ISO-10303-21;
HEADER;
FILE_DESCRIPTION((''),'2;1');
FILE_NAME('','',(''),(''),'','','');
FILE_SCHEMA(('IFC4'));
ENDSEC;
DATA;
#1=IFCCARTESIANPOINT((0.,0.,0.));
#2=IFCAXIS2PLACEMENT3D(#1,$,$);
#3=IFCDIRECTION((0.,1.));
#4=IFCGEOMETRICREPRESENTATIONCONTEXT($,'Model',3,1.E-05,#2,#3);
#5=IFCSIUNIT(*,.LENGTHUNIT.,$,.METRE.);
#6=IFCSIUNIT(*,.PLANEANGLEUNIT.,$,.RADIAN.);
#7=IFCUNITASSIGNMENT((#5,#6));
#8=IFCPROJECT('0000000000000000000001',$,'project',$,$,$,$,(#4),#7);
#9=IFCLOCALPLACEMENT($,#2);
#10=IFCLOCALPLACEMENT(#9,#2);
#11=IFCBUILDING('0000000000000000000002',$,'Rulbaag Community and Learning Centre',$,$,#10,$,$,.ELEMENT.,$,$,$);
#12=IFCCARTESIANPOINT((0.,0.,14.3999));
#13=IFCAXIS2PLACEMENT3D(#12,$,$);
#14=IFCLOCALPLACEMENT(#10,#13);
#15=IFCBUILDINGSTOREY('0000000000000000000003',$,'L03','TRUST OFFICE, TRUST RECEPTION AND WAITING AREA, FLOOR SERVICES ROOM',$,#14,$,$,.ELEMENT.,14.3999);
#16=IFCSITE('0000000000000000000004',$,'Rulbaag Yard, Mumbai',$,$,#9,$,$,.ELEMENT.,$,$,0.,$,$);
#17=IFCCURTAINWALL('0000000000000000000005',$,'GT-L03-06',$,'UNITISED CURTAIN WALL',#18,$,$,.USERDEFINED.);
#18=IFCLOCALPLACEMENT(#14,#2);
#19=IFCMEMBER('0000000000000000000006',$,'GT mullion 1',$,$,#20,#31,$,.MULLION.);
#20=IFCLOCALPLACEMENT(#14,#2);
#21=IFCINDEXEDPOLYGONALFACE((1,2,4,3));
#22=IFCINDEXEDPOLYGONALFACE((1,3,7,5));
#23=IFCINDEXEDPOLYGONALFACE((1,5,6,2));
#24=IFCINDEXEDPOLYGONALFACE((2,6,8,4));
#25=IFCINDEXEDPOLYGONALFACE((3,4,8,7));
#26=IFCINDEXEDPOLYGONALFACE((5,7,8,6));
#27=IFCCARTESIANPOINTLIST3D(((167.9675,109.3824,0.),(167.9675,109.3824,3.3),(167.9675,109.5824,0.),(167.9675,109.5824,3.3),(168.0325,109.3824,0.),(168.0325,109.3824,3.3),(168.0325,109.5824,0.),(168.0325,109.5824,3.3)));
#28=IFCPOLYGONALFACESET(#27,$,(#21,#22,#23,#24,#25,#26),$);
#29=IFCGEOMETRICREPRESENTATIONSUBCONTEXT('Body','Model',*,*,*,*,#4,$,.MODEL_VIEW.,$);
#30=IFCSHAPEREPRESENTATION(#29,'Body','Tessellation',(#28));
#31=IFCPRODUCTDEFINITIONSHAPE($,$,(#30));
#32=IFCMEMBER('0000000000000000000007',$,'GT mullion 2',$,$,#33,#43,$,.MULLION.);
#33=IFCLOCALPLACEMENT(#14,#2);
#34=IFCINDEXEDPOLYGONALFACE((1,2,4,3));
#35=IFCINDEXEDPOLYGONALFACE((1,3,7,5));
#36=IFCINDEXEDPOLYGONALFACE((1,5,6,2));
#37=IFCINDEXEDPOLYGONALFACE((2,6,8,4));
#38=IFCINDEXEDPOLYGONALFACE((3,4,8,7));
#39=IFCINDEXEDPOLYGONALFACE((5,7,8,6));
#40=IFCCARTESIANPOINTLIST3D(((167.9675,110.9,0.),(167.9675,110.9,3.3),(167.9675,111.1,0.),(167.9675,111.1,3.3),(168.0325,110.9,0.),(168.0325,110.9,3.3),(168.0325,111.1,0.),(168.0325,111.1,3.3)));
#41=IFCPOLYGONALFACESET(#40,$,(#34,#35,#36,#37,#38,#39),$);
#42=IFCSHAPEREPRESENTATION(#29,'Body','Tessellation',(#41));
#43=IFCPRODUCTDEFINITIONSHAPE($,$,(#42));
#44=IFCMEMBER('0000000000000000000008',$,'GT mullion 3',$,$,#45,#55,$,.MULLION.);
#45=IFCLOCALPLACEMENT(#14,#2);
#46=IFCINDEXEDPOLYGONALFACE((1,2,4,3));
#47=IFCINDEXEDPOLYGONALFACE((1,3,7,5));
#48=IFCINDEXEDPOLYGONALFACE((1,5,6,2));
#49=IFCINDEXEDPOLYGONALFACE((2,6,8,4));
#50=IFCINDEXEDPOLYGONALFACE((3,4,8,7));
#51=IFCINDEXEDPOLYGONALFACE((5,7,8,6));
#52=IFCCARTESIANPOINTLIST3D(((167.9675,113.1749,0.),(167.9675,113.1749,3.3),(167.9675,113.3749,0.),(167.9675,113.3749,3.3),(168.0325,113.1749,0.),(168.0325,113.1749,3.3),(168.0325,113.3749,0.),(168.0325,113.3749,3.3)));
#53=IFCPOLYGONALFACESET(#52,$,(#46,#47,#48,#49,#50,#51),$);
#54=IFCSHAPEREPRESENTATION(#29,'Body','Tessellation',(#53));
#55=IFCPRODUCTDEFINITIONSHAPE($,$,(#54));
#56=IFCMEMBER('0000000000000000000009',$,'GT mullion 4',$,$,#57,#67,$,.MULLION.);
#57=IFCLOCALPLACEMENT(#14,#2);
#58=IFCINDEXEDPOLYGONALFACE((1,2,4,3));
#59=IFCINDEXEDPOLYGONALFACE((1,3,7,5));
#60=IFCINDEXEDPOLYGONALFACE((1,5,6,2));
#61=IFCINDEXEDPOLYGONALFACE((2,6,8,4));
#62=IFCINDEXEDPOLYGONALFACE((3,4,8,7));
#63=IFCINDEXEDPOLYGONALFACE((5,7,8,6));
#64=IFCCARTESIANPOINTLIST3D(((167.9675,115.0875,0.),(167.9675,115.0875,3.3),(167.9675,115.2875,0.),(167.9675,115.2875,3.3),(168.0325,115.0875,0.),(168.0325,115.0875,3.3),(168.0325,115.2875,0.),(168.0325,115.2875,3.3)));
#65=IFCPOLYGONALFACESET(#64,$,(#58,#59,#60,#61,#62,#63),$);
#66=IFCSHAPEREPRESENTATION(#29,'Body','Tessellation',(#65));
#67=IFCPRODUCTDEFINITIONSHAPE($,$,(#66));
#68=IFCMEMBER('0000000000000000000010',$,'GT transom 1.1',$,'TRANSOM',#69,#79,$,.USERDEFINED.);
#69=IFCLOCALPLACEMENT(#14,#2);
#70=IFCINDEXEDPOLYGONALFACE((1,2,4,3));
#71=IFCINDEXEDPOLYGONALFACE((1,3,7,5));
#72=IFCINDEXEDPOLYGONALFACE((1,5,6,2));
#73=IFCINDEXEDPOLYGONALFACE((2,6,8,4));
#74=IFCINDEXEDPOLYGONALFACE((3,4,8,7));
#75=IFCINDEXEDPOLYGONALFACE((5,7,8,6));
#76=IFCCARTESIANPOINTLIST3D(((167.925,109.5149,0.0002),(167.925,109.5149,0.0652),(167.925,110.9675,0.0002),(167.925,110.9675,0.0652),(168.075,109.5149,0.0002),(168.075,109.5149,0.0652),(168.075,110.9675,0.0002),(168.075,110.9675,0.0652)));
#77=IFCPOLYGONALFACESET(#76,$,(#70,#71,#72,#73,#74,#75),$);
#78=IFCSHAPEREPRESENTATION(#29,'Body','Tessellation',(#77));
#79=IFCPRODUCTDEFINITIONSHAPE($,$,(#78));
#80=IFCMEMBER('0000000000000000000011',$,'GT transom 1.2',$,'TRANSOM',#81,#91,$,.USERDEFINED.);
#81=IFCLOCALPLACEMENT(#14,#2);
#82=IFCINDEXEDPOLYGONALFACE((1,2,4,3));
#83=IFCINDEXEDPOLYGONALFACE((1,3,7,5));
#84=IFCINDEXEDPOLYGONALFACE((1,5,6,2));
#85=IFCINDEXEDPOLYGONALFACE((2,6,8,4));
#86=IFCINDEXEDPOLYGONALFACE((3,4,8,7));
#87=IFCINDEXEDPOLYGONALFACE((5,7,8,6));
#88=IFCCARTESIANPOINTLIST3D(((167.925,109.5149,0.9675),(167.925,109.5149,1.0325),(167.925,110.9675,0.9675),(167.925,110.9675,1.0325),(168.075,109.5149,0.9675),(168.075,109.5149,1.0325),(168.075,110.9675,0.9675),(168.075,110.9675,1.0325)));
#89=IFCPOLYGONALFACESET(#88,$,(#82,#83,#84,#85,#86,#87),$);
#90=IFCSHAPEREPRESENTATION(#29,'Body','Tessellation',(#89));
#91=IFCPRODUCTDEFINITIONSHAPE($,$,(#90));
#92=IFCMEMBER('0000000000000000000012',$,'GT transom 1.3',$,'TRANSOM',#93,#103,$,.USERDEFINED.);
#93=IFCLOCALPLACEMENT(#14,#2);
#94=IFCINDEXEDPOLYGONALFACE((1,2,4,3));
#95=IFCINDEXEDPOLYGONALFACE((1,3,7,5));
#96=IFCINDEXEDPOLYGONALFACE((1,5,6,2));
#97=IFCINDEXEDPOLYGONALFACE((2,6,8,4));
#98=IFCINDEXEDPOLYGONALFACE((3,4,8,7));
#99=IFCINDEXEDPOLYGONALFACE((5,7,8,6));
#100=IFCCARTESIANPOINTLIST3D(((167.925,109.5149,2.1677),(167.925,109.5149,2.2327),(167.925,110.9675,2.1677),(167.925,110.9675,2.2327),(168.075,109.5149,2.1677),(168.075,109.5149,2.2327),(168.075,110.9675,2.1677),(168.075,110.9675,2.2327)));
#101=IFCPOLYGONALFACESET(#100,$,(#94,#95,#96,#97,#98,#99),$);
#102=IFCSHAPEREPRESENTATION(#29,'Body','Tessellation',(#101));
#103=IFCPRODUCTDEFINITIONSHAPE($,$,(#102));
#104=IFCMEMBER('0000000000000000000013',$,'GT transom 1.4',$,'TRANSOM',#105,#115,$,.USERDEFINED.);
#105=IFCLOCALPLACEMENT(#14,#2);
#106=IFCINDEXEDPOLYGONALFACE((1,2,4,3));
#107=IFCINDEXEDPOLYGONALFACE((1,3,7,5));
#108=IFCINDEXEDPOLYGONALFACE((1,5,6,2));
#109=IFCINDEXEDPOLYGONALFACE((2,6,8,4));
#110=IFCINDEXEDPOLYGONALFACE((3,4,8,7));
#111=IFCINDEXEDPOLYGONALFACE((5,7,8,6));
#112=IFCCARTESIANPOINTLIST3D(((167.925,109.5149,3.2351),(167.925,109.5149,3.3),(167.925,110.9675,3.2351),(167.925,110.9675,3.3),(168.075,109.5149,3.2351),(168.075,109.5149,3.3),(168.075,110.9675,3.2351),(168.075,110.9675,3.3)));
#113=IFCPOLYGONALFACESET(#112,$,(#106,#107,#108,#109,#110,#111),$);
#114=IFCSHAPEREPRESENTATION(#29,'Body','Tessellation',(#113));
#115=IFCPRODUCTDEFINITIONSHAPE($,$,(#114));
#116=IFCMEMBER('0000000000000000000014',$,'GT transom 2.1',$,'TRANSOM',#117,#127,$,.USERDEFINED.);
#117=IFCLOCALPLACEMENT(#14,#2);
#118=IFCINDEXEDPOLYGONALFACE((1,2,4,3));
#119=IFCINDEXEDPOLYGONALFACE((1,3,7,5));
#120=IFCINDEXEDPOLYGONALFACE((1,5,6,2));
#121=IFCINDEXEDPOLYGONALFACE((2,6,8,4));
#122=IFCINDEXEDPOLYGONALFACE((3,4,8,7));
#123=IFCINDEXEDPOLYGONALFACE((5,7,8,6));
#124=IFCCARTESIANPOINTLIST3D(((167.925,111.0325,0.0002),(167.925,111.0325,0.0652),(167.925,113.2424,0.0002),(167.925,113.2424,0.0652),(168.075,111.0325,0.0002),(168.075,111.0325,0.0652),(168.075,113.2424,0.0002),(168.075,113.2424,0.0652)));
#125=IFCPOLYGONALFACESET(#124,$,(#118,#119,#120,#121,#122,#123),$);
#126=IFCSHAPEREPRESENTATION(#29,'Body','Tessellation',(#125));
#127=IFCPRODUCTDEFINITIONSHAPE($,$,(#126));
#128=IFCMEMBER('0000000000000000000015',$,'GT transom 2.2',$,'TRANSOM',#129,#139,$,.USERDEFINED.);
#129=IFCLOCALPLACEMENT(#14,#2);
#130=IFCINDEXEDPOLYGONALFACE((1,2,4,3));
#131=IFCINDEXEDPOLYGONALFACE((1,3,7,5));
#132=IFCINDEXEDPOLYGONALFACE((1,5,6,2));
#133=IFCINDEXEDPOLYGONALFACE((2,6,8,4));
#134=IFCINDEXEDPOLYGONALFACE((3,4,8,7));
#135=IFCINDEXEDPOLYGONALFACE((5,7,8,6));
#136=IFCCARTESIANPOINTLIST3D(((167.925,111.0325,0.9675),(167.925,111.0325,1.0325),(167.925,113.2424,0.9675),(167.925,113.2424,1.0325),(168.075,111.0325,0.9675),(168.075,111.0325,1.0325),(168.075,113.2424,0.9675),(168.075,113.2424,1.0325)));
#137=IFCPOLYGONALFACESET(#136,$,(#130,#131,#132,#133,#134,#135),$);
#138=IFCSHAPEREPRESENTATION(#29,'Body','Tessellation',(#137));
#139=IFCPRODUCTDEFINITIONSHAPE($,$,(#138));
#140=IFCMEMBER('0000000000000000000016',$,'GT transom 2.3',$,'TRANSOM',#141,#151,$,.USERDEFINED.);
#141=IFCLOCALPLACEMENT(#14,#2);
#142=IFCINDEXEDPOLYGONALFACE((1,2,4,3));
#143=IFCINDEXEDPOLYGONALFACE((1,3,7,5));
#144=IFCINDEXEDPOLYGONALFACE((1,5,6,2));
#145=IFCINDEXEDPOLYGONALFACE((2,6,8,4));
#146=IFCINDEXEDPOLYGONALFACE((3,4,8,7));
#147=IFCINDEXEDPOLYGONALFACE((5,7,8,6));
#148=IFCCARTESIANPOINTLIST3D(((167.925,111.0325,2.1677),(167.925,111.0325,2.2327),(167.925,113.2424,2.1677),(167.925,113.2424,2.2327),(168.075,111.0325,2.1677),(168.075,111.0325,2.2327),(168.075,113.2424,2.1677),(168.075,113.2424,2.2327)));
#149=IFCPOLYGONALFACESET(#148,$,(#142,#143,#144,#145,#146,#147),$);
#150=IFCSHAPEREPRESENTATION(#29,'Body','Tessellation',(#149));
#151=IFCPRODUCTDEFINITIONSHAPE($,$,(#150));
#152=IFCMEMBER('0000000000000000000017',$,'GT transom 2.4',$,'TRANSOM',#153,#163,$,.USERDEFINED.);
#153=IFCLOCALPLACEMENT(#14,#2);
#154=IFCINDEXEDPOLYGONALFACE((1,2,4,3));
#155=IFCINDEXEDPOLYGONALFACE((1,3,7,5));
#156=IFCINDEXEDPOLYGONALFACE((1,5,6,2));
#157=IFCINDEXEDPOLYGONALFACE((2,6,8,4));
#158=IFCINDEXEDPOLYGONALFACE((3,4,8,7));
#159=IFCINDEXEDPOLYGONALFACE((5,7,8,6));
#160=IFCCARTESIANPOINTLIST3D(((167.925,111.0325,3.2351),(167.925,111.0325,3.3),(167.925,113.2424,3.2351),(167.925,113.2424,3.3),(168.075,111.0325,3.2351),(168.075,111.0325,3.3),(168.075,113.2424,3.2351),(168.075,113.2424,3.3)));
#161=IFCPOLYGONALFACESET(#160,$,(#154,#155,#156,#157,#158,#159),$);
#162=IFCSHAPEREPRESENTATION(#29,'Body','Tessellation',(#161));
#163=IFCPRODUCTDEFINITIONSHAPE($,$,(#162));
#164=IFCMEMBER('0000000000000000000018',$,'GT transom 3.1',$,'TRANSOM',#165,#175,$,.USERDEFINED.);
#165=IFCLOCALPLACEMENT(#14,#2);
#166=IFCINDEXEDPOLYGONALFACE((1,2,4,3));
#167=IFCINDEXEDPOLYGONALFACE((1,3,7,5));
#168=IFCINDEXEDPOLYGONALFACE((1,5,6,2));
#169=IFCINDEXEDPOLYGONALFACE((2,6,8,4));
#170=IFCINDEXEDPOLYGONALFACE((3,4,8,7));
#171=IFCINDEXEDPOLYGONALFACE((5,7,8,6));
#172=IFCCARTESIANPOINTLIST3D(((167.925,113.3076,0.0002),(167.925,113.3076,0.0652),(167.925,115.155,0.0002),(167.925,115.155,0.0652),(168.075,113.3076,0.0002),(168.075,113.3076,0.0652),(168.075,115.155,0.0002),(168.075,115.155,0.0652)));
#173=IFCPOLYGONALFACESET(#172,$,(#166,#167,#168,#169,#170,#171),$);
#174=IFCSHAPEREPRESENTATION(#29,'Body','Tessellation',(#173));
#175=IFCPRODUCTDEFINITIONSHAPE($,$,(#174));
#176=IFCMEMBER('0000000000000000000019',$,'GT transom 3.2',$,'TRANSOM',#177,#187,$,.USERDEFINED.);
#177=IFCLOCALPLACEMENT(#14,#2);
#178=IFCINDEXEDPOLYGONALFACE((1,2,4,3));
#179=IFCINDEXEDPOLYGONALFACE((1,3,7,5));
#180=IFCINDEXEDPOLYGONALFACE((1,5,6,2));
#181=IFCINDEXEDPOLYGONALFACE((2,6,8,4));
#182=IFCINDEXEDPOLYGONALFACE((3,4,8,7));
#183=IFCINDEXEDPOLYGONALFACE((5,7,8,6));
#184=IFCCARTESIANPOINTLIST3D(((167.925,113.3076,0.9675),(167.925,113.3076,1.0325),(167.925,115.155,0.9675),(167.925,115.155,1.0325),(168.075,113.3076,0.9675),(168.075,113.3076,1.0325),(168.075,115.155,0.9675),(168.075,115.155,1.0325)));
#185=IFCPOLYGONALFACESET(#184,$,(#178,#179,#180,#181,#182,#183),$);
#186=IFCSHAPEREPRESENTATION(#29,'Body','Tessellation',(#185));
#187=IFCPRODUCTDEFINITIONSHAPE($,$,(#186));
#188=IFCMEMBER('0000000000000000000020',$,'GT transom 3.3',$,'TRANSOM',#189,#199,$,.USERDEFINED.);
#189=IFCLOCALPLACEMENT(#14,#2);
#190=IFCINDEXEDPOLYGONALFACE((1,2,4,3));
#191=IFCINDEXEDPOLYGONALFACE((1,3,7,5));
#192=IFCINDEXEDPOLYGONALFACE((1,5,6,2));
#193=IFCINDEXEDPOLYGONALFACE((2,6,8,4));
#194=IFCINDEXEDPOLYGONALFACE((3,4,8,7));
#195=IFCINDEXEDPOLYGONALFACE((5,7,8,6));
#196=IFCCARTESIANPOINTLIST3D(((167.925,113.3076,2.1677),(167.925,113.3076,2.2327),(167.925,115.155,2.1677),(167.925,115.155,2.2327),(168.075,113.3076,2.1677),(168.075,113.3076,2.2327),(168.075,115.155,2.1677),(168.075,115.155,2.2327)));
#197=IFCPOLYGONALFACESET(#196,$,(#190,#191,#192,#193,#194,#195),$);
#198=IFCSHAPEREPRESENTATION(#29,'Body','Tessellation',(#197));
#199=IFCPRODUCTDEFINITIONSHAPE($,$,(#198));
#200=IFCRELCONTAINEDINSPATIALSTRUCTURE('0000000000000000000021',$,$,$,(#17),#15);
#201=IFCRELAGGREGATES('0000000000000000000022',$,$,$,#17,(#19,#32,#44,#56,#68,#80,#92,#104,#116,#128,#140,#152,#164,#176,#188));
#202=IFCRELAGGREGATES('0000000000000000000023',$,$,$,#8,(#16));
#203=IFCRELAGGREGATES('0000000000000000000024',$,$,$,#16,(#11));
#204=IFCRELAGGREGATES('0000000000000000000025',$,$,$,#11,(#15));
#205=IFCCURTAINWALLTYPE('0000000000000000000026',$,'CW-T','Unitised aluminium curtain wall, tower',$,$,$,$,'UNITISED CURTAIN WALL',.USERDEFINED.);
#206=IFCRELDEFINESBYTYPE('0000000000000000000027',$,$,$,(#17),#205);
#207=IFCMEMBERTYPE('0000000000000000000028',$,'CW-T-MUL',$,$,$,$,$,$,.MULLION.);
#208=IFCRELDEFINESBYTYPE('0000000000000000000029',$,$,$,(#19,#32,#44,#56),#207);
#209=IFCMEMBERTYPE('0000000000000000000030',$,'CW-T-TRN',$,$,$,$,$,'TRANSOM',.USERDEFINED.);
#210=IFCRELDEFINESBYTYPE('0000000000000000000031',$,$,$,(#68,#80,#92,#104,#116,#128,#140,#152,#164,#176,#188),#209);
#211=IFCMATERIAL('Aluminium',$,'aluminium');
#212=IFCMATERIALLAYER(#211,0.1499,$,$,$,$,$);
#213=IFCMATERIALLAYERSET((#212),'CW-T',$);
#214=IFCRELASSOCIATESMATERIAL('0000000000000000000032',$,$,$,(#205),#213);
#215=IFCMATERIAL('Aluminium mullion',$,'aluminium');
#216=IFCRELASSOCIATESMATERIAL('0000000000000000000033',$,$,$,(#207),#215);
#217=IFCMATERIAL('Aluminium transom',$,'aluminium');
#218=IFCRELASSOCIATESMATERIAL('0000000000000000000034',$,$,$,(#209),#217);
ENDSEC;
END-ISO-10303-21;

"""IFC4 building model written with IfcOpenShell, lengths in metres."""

from ifc_helpers import new_model, si_unit, direction, frame, origin, origin_2d, place, context, subcontext, project, spatial, rectangle, extrude, material, layer, layer_set, material_profile, profile_set, type_object, element, aggregate, save


model = new_model("IFC4")

# Units and contexts
model_context = context("Model", 3, precision=1e-05, world=origin(), true_north=direction((0.0, 1.0)))
body_context = subcontext(model_context, "Body", "Model", "MODEL_VIEW")
ifc_project = project(units=[si_unit("LENGTHUNIT", "METRE"), si_unit("PLANEANGLEUNIT", "RADIAN")], contexts=[model_context])

# Site, building, storey
site_placement = place(None, origin())
site = spatial("IfcSite", under=ifc_project, at=site_placement, Name="Rulbaag Yard, Mumbai", CompositionType="ELEMENT", RefElevation=0.0)
building_placement = place(site_placement, origin())
building = spatial("IfcBuilding", under=site, at=building_placement, Name="Rulbaag Community and Learning Centre", CompositionType="ELEMENT")
storey_placement = place(building_placement, frame((0.0, 0.0, 14.3999)))
storey = spatial("IfcBuildingStorey", under=building, at=storey_placement, Name="L03", Description="TRUST OFFICE, TRUST RECEPTION AND WAITING AREA, FLOOR SERVICES ROOM", CompositionType="ELEMENT", Elevation=14.3999)

# Curtain wall, members
ifc_material_1 = material(Name="Aluminium", Category="aluminium")
ifc_layer_1 = layer(ifc_material_1, 0.1499)
ifc_layer_set_1 = layer_set([ifc_layer_1], Name="CW-T")
curtain_wall_type = type_object("IfcCurtainWallType", Name="CW-T", Description="Unitised aluminium curtain wall, tower", ElementType="UNITISED CURTAIN WALL", PredefinedType="USERDEFINED", material=ifc_layer_set_1)
curtain_wall_placement = place(storey_placement, origin())
curtain_wall = element("IfcCurtainWall", 1, at=curtain_wall_placement, inside=storey, type_object=curtain_wall_type, Name="GT-L03-06", ObjectType="UNITISED CURTAIN WALL", PredefinedType="USERDEFINED")
ifc_material_2 = material(Name="Aluminium mullion", Category="aluminium")
ifc_material_profile_1 = material_profile(ifc_material_2, rectangle(XDim=0.0649, YDim=0.2, at=origin_2d()), Name="AL 65x200")
ifc_profile_set_1 = profile_set([ifc_material_profile_1], Name="Aluminium mullion")
member_type_1 = type_object("IfcMemberType", Name="CW-T-MUL", PredefinedType="MULLION", material=ifc_profile_set_1)
member_1_placement = place(storey_placement, frame((168.0, 109.4824, 0.0), z_axis=(0.0, 0.0, 1.0), x_axis=(-1.0, 0.0, 0.0)))
member_1 = element("IfcMember", 2, at=member_1_placement, type_object=member_type_1, Name="GT mullion 1", PredefinedType="MULLION", context=body_context, shape_type="SweptSolid", body=[
    extrude(rectangle(XDim=0.0649, YDim=0.2, at=origin_2d()), origin(), (0.0, 0.0, 1.0), 3.3),
])
member_2_placement = place(storey_placement, frame((168.0, 111.0, 0.0), z_axis=(0.0, 0.0, 1.0), x_axis=(-1.0, 0.0, 0.0)))
member_2 = element("IfcMember", 3, at=member_2_placement, type_object=member_type_1, Name="GT mullion 2", PredefinedType="MULLION", context=body_context, shape_type="SweptSolid", body=[
    extrude(rectangle(XDim=0.0649, YDim=0.2, at=origin_2d()), origin(), (0.0, 0.0, 1.0), 3.3),
])
member_3_placement = place(storey_placement, frame((168.0, 113.2749, 0.0), z_axis=(0.0, 0.0, 1.0), x_axis=(-1.0, 0.0, 0.0)))
member_3 = element("IfcMember", 4, at=member_3_placement, type_object=member_type_1, Name="GT mullion 3", PredefinedType="MULLION", context=body_context, shape_type="SweptSolid", body=[
    extrude(rectangle(XDim=0.0649, YDim=0.2, at=origin_2d()), origin(), (0.0, 0.0, 1.0), 3.3),
])
member_4_placement = place(storey_placement, frame((168.0, 115.1875, 0.0), z_axis=(0.0, 0.0, 1.0), x_axis=(-1.0, 0.0, 0.0)))
member_4 = element("IfcMember", 5, at=member_4_placement, type_object=member_type_1, Name="GT mullion 4", PredefinedType="MULLION", context=body_context, shape_type="SweptSolid", body=[
    extrude(rectangle(XDim=0.0649, YDim=0.2, at=origin_2d()), origin(), (0.0, 0.0, 1.0), 3.3),
])
ifc_material_3 = material(Name="Aluminium transom", Category="aluminium")
ifc_material_profile_2 = material_profile(ifc_material_3, rectangle(XDim=0.1499, YDim=0.0649, at=origin_2d()), Name="AL 65x150 T")
ifc_profile_set_2 = profile_set([ifc_material_profile_2], Name="Aluminium transom")
member_type_2 = type_object("IfcMemberType", Name="CW-T-TRN", ElementType="TRANSOM", PredefinedType="USERDEFINED", material=ifc_profile_set_2)
member_5_placement = place(storey_placement, frame((168.0, 109.5149, 0.0327), z_axis=(0.0, 1.0, 0.0), x_axis=(-1.0, 0.0, 0.0)))
member_5 = element("IfcMember", 6, at=member_5_placement, type_object=member_type_2, Name="GT transom 1.1", ObjectType="TRANSOM", PredefinedType="USERDEFINED", context=body_context, shape_type="SweptSolid", body=[
    extrude(rectangle(XDim=0.1499, YDim=0.0649, at=origin_2d()), origin(), (0.0, 0.0, 1.0), 1.4526),
])
member_6_placement = place(storey_placement, frame((168.0, 109.5149, 1.0), z_axis=(0.0, 1.0, 0.0), x_axis=(-1.0, 0.0, 0.0)))
member_6 = element("IfcMember", 7, at=member_6_placement, type_object=member_type_2, Name="GT transom 1.2", ObjectType="TRANSOM", PredefinedType="USERDEFINED", context=body_context, shape_type="SweptSolid", body=[
    extrude(rectangle(XDim=0.1499, YDim=0.0649, at=origin_2d()), origin(), (0.0, 0.0, 1.0), 1.4526),
])
member_7_placement = place(storey_placement, frame((168.0, 109.5149, 2.2002), z_axis=(0.0, 1.0, 0.0), x_axis=(-1.0, 0.0, 0.0)))
member_7 = element("IfcMember", 8, at=member_7_placement, type_object=member_type_2, Name="GT transom 1.3", ObjectType="TRANSOM", PredefinedType="USERDEFINED", context=body_context, shape_type="SweptSolid", body=[
    extrude(rectangle(XDim=0.1499, YDim=0.0649, at=origin_2d()), origin(), (0.0, 0.0, 1.0), 1.4526),
])
member_8_placement = place(storey_placement, frame((168.0, 109.5149, 3.2676), z_axis=(0.0, 1.0, 0.0), x_axis=(-1.0, 0.0, 0.0)))
member_8 = element("IfcMember", 9, at=member_8_placement, type_object=member_type_2, Name="GT transom 1.4", ObjectType="TRANSOM", PredefinedType="USERDEFINED", context=body_context, shape_type="SweptSolid", body=[
    extrude(rectangle(XDim=0.1499, YDim=0.0649, at=origin_2d()), origin(), (0.0, 0.0, 1.0), 1.4526),
])
member_9_placement = place(storey_placement, frame((168.0, 111.0325, 0.0327), z_axis=(0.0, 1.0, 0.0), x_axis=(-1.0, 0.0, 0.0)))
member_9 = element("IfcMember", 10, at=member_9_placement, type_object=member_type_2, Name="GT transom 2.1", ObjectType="TRANSOM", PredefinedType="USERDEFINED", context=body_context, shape_type="SweptSolid", body=[
    extrude(rectangle(XDim=0.1499, YDim=0.0649, at=origin_2d()), origin(), (0.0, 0.0, 1.0), 2.21),
])
member_10_placement = place(storey_placement, frame((168.0, 111.0325, 1.0), z_axis=(0.0, 1.0, 0.0), x_axis=(-1.0, 0.0, 0.0)))
member_10 = element("IfcMember", 11, at=member_10_placement, type_object=member_type_2, Name="GT transom 2.2", ObjectType="TRANSOM", PredefinedType="USERDEFINED", context=body_context, shape_type="SweptSolid", body=[
    extrude(rectangle(XDim=0.1499, YDim=0.0649, at=origin_2d()), origin(), (0.0, 0.0, 1.0), 2.21),
])
member_11_placement = place(storey_placement, frame((168.0, 111.0325, 2.2002), z_axis=(0.0, 1.0, 0.0), x_axis=(-1.0, 0.0, 0.0)))
member_11 = element("IfcMember", 12, at=member_11_placement, type_object=member_type_2, Name="GT transom 2.3", ObjectType="TRANSOM", PredefinedType="USERDEFINED", context=body_context, shape_type="SweptSolid", body=[
    extrude(rectangle(XDim=0.1499, YDim=0.0649, at=origin_2d()), origin(), (0.0, 0.0, 1.0), 2.21),
])
member_12_placement = place(storey_placement, frame((168.0, 111.0325, 3.2676), z_axis=(0.0, 1.0, 0.0), x_axis=(-1.0, 0.0, 0.0)))
member_12 = element("IfcMember", 13, at=member_12_placement, type_object=member_type_2, Name="GT transom 2.4", ObjectType="TRANSOM", PredefinedType="USERDEFINED", context=body_context, shape_type="SweptSolid", body=[
    extrude(rectangle(XDim=0.1499, YDim=0.0649, at=origin_2d()), origin(), (0.0, 0.0, 1.0), 2.21),
])
member_13_placement = place(storey_placement, frame((168.0, 113.3076, 0.0327), z_axis=(0.0, 1.0, 0.0), x_axis=(-1.0, 0.0, 0.0)))
member_13 = element("IfcMember", 14, at=member_13_placement, type_object=member_type_2, Name="GT transom 3.1", ObjectType="TRANSOM", PredefinedType="USERDEFINED", context=body_context, shape_type="SweptSolid", body=[
    extrude(rectangle(XDim=0.1499, YDim=0.0649, at=origin_2d()), origin(), (0.0, 0.0, 1.0), 1.8474),
])
member_14_placement = place(storey_placement, frame((168.0, 113.3076, 1.0), z_axis=(0.0, 1.0, 0.0), x_axis=(-1.0, 0.0, 0.0)))
member_14 = element("IfcMember", 15, at=member_14_placement, type_object=member_type_2, Name="GT transom 3.2", ObjectType="TRANSOM", PredefinedType="USERDEFINED", context=body_context, shape_type="SweptSolid", body=[
    extrude(rectangle(XDim=0.1499, YDim=0.0649, at=origin_2d()), origin(), (0.0, 0.0, 1.0), 1.8474),
])
member_15_placement = place(storey_placement, frame((168.0, 113.3076, 2.2002), z_axis=(0.0, 1.0, 0.0), x_axis=(-1.0, 0.0, 0.0)))
member_15 = element("IfcMember", 16, at=member_15_placement, type_object=member_type_2, Name="GT transom 3.3", ObjectType="TRANSOM", PredefinedType="USERDEFINED", context=body_context, shape_type="SweptSolid", body=[
    extrude(rectangle(XDim=0.1499, YDim=0.0649, at=origin_2d()), origin(), (0.0, 0.0, 1.0), 1.8474),
])
aggregate(curtain_wall, [member_1, member_2, member_3, member_4, member_5, member_6, member_7, member_8, member_9, member_10, member_11, member_12, member_13, member_14, member_15])

save(model, "model.ifc")
